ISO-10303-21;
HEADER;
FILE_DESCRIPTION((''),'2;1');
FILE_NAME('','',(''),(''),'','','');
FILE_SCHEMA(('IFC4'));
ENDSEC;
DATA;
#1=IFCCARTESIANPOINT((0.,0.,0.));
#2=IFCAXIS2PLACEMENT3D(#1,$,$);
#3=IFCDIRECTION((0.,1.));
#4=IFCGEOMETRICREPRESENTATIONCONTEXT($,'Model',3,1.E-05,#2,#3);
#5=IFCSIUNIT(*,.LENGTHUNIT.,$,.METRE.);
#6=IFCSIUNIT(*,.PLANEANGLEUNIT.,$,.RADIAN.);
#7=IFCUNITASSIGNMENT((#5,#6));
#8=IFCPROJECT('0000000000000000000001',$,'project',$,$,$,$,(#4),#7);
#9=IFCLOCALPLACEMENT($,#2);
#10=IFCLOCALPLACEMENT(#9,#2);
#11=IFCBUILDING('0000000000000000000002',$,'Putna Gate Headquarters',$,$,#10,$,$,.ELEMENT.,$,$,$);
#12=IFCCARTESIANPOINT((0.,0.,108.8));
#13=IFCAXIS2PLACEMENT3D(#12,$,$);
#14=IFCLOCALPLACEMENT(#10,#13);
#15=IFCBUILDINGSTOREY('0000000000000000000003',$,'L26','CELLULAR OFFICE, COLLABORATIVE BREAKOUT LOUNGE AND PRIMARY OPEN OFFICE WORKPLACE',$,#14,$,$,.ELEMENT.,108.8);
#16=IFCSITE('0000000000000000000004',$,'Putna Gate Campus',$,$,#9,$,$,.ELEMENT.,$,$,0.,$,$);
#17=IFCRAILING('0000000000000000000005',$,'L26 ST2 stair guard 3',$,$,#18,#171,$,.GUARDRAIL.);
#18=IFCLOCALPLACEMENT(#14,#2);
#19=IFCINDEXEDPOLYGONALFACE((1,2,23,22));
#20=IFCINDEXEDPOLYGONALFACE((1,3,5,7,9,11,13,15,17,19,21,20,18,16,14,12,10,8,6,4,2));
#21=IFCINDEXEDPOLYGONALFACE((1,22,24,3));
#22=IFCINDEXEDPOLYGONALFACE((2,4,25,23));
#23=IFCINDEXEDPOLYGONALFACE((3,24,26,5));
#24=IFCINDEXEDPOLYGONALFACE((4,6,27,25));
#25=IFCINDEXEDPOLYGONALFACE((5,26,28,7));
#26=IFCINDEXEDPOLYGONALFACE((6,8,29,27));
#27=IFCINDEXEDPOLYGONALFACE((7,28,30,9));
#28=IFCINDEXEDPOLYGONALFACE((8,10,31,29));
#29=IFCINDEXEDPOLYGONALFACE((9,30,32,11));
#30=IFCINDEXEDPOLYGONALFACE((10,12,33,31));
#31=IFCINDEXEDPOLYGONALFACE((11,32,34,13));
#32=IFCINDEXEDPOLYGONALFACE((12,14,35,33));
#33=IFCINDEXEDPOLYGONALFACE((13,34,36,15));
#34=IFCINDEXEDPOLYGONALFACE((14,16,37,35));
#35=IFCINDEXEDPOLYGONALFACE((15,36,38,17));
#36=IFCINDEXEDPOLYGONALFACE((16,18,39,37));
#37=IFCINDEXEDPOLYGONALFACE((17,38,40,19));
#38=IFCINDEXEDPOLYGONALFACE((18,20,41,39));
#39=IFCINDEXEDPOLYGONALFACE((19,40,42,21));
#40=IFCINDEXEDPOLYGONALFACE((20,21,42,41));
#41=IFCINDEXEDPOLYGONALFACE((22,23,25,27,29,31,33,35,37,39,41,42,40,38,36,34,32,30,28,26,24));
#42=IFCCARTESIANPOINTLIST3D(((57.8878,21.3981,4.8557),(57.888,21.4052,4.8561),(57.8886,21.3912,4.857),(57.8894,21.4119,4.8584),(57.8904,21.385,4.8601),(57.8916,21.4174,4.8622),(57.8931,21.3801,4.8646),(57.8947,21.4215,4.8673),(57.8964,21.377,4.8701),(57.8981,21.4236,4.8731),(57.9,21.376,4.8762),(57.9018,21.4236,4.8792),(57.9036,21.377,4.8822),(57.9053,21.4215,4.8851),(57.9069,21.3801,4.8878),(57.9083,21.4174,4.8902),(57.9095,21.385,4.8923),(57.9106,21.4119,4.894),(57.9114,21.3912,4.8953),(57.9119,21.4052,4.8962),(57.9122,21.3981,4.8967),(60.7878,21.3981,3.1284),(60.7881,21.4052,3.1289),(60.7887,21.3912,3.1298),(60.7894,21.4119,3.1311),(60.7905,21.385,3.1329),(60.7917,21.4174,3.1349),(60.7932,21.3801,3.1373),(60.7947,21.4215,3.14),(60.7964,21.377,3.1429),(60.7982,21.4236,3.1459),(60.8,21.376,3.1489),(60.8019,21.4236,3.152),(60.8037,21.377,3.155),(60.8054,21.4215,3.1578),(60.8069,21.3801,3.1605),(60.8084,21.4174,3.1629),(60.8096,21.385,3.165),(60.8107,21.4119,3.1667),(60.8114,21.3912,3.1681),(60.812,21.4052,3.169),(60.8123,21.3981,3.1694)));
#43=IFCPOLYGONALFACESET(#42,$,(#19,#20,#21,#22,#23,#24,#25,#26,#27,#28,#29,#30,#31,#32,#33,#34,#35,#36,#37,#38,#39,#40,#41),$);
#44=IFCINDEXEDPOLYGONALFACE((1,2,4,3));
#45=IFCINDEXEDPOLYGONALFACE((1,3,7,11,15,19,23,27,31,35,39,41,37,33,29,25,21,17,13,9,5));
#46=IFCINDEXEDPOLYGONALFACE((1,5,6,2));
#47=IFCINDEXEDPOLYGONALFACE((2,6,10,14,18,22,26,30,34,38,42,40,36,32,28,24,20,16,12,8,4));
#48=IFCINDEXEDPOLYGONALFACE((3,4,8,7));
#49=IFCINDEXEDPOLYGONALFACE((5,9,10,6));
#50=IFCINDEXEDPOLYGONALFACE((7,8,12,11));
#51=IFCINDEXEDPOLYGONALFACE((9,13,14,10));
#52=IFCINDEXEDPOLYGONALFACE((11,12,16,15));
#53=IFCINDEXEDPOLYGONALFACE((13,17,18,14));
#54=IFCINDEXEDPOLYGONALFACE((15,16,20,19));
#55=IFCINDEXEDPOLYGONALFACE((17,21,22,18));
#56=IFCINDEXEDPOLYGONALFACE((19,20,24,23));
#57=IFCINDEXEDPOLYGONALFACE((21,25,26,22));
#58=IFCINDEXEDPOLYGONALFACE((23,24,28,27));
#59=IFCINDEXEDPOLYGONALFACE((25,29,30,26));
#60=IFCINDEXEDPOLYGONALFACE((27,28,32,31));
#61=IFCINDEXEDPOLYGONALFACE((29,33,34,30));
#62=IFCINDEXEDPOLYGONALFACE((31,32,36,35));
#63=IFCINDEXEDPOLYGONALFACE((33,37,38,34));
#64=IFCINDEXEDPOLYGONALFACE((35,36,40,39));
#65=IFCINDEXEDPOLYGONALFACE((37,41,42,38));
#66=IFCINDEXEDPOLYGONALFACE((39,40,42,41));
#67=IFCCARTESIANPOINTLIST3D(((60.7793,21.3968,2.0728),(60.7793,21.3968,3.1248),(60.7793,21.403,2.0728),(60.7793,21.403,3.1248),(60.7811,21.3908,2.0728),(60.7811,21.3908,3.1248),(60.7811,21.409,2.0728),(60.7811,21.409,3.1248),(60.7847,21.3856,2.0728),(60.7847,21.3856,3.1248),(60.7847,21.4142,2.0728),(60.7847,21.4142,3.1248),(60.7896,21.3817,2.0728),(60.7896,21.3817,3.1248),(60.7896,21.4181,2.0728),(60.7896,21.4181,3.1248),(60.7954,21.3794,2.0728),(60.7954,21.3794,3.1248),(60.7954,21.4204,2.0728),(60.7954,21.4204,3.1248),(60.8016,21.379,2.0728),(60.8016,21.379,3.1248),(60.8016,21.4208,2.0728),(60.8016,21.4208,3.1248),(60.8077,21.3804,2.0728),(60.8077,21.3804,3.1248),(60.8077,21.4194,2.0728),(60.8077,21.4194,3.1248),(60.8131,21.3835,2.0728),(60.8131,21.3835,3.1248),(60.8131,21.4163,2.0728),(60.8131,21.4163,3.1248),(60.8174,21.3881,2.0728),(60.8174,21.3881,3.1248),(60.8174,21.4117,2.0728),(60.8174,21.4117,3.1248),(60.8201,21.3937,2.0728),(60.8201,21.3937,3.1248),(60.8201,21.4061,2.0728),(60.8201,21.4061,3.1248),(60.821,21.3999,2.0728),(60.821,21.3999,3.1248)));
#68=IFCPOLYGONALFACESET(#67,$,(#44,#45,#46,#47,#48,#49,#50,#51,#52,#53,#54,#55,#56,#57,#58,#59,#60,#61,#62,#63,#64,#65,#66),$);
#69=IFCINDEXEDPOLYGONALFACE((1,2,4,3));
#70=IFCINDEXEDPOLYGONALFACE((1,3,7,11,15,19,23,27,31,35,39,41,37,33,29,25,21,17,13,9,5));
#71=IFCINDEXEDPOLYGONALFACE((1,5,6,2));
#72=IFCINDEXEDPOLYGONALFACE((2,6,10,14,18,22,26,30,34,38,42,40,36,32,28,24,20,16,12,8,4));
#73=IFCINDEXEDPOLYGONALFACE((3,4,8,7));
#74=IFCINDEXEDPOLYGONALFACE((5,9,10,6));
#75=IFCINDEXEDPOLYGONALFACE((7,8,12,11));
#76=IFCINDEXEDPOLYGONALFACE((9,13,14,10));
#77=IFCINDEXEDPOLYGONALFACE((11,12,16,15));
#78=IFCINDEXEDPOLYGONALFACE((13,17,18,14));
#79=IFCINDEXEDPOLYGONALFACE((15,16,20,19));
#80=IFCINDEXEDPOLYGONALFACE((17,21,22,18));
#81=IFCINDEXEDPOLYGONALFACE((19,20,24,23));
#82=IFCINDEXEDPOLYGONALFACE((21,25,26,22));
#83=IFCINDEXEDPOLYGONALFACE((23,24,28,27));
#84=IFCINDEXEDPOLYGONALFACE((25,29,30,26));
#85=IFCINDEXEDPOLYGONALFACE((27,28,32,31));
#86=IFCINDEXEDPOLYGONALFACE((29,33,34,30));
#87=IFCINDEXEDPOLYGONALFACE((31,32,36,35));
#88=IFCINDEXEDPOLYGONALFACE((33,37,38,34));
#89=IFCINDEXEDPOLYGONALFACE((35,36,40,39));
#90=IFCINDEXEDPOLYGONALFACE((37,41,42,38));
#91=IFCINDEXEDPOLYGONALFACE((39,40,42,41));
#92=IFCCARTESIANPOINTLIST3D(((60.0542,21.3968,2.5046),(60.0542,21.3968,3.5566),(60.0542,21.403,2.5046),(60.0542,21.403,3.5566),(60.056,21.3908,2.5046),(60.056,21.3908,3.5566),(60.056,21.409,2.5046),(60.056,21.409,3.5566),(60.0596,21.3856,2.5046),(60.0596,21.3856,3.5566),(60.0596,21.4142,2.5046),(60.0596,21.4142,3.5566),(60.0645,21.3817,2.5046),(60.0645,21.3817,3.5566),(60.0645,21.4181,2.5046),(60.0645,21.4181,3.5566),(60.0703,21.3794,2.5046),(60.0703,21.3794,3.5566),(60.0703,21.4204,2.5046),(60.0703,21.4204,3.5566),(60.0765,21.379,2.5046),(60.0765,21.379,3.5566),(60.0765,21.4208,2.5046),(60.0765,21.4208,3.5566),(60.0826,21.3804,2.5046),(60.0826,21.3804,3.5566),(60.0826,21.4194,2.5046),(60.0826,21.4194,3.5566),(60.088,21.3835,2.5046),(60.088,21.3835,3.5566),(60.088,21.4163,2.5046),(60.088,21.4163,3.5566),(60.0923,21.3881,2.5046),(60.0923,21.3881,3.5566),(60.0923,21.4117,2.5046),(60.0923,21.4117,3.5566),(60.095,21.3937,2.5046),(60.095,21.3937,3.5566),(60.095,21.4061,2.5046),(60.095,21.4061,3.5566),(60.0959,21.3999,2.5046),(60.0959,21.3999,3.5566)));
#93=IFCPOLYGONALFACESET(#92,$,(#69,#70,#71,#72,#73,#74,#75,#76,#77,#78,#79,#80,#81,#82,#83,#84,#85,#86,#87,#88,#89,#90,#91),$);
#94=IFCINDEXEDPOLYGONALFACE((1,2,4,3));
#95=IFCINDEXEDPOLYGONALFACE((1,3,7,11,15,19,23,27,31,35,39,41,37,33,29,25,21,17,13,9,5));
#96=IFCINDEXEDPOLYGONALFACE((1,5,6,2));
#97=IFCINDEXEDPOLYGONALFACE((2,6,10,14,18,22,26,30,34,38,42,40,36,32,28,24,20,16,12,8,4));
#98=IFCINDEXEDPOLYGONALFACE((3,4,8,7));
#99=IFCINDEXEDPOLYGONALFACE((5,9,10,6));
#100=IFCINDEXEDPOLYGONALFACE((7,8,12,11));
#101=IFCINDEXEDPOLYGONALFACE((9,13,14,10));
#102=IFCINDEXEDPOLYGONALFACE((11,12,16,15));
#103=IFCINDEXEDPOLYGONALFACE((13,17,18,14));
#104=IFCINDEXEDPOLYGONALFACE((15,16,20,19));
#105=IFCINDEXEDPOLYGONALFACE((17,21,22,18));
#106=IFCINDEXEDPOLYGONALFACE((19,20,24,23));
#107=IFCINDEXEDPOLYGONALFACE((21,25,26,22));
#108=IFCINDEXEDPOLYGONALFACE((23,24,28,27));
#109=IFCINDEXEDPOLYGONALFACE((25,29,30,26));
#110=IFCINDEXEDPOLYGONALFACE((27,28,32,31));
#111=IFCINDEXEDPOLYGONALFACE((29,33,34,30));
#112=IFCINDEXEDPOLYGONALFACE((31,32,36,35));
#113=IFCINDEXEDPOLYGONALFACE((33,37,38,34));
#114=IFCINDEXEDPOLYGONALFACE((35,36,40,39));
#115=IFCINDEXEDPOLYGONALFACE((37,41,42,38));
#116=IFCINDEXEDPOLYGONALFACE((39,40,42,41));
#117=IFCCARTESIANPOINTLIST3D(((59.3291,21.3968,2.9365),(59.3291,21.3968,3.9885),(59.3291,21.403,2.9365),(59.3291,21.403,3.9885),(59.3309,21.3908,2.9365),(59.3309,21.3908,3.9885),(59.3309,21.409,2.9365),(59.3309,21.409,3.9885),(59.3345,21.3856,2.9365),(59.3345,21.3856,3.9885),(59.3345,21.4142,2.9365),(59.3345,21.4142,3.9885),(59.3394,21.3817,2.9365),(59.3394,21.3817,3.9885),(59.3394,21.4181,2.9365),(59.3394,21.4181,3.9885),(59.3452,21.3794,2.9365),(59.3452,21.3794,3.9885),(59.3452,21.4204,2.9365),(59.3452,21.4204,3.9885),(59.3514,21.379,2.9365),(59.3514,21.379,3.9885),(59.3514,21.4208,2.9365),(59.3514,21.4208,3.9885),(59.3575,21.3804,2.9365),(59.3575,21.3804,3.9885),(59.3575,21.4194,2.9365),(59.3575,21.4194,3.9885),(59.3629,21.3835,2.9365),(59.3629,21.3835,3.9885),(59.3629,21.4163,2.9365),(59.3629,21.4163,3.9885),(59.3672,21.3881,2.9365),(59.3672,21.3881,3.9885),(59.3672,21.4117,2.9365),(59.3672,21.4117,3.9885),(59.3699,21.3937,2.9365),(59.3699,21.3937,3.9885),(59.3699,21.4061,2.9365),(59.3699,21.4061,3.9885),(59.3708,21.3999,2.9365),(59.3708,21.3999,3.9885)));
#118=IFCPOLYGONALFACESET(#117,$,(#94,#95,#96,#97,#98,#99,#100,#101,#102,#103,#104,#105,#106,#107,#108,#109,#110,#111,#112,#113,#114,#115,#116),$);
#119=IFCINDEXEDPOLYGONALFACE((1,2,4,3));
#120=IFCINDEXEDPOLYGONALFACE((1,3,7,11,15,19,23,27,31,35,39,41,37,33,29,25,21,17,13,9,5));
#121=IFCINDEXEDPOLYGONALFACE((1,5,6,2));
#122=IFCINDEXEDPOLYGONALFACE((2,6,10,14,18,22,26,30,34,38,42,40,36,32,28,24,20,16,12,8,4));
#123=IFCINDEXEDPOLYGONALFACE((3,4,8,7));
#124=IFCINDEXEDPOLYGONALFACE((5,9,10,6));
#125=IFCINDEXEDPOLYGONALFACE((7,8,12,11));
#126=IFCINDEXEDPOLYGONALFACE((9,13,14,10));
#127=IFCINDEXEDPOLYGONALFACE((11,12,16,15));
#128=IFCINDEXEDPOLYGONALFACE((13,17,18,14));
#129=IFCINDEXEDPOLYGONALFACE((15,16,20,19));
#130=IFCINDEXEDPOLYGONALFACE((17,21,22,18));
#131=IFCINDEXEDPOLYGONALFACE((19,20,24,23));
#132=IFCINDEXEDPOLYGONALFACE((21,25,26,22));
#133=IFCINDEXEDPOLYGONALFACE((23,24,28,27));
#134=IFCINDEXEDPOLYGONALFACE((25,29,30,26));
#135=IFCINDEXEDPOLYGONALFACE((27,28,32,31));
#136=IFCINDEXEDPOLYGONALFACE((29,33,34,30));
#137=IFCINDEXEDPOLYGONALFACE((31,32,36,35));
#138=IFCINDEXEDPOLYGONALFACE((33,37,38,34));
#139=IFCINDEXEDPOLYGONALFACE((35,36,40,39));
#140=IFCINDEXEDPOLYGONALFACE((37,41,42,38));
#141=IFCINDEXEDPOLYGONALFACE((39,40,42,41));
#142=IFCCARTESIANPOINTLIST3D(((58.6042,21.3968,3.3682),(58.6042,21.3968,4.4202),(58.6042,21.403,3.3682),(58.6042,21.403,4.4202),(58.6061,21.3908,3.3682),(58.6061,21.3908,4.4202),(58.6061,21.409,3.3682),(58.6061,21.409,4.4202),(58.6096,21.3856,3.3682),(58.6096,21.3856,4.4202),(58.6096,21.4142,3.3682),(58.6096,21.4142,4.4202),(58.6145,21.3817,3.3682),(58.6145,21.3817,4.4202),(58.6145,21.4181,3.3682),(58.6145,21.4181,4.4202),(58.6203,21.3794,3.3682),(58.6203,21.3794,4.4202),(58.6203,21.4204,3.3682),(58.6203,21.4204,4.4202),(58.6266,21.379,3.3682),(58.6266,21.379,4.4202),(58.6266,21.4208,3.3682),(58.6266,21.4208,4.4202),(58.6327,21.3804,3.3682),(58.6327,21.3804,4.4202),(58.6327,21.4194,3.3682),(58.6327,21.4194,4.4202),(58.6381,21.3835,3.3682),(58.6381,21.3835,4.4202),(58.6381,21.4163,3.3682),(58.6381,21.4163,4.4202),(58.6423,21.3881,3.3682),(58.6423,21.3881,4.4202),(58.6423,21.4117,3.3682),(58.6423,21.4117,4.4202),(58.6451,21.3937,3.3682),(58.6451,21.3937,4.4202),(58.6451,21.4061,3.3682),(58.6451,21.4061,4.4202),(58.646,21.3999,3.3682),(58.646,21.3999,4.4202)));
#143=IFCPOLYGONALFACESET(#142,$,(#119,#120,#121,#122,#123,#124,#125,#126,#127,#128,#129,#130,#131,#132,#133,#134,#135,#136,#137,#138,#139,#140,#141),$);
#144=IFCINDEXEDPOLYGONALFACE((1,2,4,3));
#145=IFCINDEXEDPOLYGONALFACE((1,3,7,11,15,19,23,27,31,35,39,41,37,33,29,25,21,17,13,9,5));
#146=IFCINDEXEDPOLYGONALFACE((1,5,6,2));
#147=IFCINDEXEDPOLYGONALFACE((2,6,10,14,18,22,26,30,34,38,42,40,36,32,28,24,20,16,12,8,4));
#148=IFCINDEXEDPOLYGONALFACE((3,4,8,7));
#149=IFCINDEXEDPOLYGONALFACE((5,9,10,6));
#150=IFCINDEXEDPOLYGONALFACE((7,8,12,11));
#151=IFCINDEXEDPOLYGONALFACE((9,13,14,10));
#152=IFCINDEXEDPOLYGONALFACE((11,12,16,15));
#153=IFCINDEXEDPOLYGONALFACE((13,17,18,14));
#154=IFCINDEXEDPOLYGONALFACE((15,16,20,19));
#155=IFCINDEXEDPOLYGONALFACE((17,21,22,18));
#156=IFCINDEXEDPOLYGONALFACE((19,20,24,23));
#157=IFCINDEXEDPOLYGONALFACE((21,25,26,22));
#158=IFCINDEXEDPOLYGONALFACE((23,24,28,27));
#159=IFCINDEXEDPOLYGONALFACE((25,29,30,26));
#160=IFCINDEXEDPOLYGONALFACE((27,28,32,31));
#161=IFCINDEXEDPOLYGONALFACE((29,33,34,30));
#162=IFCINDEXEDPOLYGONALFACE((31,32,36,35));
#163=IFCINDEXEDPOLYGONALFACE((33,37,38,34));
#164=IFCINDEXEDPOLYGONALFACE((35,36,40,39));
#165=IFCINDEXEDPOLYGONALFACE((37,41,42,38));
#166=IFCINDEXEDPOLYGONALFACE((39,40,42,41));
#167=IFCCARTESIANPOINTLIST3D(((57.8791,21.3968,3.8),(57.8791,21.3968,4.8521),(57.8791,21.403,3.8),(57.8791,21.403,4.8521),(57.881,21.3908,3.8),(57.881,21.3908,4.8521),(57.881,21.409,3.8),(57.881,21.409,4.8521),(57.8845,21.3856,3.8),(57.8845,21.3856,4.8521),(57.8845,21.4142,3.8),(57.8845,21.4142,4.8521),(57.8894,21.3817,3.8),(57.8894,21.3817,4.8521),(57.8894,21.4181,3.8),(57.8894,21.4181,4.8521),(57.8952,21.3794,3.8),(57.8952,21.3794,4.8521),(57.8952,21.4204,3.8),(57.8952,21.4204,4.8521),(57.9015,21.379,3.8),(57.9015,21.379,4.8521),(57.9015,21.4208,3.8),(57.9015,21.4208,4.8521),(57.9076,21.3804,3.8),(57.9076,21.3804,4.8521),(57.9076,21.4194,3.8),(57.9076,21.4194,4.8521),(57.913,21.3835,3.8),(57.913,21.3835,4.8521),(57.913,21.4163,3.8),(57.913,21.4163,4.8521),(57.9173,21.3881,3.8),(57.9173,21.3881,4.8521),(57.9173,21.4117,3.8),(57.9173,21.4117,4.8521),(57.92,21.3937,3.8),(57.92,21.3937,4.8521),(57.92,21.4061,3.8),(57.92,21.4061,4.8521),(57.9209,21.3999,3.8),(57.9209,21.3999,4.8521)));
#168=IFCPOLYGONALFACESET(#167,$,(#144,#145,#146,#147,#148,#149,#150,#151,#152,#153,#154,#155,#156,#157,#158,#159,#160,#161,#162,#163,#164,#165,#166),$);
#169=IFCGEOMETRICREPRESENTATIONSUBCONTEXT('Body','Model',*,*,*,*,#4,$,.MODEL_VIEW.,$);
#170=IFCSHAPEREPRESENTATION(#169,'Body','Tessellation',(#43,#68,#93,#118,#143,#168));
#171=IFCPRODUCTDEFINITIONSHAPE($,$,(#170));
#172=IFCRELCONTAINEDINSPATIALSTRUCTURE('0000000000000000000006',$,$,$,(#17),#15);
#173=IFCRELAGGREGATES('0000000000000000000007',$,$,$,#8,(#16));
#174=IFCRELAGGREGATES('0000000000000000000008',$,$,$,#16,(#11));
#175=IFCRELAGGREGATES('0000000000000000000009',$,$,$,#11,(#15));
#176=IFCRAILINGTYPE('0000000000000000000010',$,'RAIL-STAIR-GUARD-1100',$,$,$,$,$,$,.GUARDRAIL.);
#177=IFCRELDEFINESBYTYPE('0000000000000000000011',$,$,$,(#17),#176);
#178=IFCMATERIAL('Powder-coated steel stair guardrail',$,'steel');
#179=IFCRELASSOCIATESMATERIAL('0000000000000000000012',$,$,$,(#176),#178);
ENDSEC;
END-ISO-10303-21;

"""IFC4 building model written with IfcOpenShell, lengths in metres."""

from ifc_helpers import new_model, si_unit, direction, frame, origin, origin_2d, place, context, subcontext, project, spatial, circle, extrude, material, type_object, element, save


model = new_model("IFC4")

# Units and contexts
model_context = context("Model", 3, precision=1e-05, world=origin(), true_north=direction((0.0, 1.0)))
body_context = subcontext(model_context, "Body", "Model", "MODEL_VIEW")
ifc_project = project(units=[si_unit("LENGTHUNIT", "METRE"), si_unit("PLANEANGLEUNIT", "RADIAN")], contexts=[model_context])

# Site, building, storey
site_placement = place(None, origin())
site = spatial("IfcSite", under=ifc_project, at=site_placement, Name="Putna Gate Campus", CompositionType="ELEMENT", RefElevation=0.0)
building_placement = place(site_placement, origin())
building = spatial("IfcBuilding", under=site, at=building_placement, Name="Putna Gate Headquarters", CompositionType="ELEMENT")
storey_placement = place(building_placement, frame((0.0, 0.0, 108.8)))
storey = spatial("IfcBuildingStorey", under=building, at=storey_placement, Name="L26", Description="CELLULAR OFFICE, COLLABORATIVE BREAKOUT LOUNGE AND PRIMARY OPEN OFFICE WORKPLACE", CompositionType="ELEMENT", Elevation=108.8)

# Railing
ifc_material_1 = material(Name="Powder-coated steel stair guardrail", Category="steel")
railing_type_1 = type_object("IfcRailingType", Name="RAIL-STAIR-GUARD-1100", PredefinedType="GUARDRAIL", material=ifc_material_1)
railing_1_placement = place(storey_placement, frame((60.8, 21.3999, 2.0728)))
element("IfcRailing", 1, at=railing_1_placement, inside=storey, type_object=railing_type_1, Name="L26 ST2 stair guard 3", PredefinedType="GUARDRAIL", context=body_context, shape_type="SweptSolid", body=[
    extrude(circle(Radius=0.0239, at=origin_2d()), frame((0.0, 0.0, 1.0762), z_axis=(-0.85916, 0.0, 0.511706), x_axis=(0.0, -1.0, 0.0)), (0.0, 0.0, 1.0), 3.3755),
    extrude(circle(Radius=0.021, at=origin_2d()), origin(), (0.0, 0.0, 1.0), 1.052),
    extrude(circle(Radius=0.021, at=origin_2d()), frame((-0.7251, 0.0, 0.4319)), (0.0, 0.0, 1.0), 1.052),
    extrude(circle(Radius=0.021, at=origin_2d()), frame((-1.4502, 0.0, 0.8638)), (0.0, 0.0, 1.0), 1.052),
    extrude(circle(Radius=0.021, at=origin_2d()), frame((-2.175, 0.0, 1.2954)), (0.0, 0.0, 1.0), 1.052),
    extrude(circle(Radius=0.021, at=origin_2d()), frame((-2.9001, 0.0, 1.7273)), (0.0, 0.0, 1.0), 1.052),
])

save(model, "model.ifc")
